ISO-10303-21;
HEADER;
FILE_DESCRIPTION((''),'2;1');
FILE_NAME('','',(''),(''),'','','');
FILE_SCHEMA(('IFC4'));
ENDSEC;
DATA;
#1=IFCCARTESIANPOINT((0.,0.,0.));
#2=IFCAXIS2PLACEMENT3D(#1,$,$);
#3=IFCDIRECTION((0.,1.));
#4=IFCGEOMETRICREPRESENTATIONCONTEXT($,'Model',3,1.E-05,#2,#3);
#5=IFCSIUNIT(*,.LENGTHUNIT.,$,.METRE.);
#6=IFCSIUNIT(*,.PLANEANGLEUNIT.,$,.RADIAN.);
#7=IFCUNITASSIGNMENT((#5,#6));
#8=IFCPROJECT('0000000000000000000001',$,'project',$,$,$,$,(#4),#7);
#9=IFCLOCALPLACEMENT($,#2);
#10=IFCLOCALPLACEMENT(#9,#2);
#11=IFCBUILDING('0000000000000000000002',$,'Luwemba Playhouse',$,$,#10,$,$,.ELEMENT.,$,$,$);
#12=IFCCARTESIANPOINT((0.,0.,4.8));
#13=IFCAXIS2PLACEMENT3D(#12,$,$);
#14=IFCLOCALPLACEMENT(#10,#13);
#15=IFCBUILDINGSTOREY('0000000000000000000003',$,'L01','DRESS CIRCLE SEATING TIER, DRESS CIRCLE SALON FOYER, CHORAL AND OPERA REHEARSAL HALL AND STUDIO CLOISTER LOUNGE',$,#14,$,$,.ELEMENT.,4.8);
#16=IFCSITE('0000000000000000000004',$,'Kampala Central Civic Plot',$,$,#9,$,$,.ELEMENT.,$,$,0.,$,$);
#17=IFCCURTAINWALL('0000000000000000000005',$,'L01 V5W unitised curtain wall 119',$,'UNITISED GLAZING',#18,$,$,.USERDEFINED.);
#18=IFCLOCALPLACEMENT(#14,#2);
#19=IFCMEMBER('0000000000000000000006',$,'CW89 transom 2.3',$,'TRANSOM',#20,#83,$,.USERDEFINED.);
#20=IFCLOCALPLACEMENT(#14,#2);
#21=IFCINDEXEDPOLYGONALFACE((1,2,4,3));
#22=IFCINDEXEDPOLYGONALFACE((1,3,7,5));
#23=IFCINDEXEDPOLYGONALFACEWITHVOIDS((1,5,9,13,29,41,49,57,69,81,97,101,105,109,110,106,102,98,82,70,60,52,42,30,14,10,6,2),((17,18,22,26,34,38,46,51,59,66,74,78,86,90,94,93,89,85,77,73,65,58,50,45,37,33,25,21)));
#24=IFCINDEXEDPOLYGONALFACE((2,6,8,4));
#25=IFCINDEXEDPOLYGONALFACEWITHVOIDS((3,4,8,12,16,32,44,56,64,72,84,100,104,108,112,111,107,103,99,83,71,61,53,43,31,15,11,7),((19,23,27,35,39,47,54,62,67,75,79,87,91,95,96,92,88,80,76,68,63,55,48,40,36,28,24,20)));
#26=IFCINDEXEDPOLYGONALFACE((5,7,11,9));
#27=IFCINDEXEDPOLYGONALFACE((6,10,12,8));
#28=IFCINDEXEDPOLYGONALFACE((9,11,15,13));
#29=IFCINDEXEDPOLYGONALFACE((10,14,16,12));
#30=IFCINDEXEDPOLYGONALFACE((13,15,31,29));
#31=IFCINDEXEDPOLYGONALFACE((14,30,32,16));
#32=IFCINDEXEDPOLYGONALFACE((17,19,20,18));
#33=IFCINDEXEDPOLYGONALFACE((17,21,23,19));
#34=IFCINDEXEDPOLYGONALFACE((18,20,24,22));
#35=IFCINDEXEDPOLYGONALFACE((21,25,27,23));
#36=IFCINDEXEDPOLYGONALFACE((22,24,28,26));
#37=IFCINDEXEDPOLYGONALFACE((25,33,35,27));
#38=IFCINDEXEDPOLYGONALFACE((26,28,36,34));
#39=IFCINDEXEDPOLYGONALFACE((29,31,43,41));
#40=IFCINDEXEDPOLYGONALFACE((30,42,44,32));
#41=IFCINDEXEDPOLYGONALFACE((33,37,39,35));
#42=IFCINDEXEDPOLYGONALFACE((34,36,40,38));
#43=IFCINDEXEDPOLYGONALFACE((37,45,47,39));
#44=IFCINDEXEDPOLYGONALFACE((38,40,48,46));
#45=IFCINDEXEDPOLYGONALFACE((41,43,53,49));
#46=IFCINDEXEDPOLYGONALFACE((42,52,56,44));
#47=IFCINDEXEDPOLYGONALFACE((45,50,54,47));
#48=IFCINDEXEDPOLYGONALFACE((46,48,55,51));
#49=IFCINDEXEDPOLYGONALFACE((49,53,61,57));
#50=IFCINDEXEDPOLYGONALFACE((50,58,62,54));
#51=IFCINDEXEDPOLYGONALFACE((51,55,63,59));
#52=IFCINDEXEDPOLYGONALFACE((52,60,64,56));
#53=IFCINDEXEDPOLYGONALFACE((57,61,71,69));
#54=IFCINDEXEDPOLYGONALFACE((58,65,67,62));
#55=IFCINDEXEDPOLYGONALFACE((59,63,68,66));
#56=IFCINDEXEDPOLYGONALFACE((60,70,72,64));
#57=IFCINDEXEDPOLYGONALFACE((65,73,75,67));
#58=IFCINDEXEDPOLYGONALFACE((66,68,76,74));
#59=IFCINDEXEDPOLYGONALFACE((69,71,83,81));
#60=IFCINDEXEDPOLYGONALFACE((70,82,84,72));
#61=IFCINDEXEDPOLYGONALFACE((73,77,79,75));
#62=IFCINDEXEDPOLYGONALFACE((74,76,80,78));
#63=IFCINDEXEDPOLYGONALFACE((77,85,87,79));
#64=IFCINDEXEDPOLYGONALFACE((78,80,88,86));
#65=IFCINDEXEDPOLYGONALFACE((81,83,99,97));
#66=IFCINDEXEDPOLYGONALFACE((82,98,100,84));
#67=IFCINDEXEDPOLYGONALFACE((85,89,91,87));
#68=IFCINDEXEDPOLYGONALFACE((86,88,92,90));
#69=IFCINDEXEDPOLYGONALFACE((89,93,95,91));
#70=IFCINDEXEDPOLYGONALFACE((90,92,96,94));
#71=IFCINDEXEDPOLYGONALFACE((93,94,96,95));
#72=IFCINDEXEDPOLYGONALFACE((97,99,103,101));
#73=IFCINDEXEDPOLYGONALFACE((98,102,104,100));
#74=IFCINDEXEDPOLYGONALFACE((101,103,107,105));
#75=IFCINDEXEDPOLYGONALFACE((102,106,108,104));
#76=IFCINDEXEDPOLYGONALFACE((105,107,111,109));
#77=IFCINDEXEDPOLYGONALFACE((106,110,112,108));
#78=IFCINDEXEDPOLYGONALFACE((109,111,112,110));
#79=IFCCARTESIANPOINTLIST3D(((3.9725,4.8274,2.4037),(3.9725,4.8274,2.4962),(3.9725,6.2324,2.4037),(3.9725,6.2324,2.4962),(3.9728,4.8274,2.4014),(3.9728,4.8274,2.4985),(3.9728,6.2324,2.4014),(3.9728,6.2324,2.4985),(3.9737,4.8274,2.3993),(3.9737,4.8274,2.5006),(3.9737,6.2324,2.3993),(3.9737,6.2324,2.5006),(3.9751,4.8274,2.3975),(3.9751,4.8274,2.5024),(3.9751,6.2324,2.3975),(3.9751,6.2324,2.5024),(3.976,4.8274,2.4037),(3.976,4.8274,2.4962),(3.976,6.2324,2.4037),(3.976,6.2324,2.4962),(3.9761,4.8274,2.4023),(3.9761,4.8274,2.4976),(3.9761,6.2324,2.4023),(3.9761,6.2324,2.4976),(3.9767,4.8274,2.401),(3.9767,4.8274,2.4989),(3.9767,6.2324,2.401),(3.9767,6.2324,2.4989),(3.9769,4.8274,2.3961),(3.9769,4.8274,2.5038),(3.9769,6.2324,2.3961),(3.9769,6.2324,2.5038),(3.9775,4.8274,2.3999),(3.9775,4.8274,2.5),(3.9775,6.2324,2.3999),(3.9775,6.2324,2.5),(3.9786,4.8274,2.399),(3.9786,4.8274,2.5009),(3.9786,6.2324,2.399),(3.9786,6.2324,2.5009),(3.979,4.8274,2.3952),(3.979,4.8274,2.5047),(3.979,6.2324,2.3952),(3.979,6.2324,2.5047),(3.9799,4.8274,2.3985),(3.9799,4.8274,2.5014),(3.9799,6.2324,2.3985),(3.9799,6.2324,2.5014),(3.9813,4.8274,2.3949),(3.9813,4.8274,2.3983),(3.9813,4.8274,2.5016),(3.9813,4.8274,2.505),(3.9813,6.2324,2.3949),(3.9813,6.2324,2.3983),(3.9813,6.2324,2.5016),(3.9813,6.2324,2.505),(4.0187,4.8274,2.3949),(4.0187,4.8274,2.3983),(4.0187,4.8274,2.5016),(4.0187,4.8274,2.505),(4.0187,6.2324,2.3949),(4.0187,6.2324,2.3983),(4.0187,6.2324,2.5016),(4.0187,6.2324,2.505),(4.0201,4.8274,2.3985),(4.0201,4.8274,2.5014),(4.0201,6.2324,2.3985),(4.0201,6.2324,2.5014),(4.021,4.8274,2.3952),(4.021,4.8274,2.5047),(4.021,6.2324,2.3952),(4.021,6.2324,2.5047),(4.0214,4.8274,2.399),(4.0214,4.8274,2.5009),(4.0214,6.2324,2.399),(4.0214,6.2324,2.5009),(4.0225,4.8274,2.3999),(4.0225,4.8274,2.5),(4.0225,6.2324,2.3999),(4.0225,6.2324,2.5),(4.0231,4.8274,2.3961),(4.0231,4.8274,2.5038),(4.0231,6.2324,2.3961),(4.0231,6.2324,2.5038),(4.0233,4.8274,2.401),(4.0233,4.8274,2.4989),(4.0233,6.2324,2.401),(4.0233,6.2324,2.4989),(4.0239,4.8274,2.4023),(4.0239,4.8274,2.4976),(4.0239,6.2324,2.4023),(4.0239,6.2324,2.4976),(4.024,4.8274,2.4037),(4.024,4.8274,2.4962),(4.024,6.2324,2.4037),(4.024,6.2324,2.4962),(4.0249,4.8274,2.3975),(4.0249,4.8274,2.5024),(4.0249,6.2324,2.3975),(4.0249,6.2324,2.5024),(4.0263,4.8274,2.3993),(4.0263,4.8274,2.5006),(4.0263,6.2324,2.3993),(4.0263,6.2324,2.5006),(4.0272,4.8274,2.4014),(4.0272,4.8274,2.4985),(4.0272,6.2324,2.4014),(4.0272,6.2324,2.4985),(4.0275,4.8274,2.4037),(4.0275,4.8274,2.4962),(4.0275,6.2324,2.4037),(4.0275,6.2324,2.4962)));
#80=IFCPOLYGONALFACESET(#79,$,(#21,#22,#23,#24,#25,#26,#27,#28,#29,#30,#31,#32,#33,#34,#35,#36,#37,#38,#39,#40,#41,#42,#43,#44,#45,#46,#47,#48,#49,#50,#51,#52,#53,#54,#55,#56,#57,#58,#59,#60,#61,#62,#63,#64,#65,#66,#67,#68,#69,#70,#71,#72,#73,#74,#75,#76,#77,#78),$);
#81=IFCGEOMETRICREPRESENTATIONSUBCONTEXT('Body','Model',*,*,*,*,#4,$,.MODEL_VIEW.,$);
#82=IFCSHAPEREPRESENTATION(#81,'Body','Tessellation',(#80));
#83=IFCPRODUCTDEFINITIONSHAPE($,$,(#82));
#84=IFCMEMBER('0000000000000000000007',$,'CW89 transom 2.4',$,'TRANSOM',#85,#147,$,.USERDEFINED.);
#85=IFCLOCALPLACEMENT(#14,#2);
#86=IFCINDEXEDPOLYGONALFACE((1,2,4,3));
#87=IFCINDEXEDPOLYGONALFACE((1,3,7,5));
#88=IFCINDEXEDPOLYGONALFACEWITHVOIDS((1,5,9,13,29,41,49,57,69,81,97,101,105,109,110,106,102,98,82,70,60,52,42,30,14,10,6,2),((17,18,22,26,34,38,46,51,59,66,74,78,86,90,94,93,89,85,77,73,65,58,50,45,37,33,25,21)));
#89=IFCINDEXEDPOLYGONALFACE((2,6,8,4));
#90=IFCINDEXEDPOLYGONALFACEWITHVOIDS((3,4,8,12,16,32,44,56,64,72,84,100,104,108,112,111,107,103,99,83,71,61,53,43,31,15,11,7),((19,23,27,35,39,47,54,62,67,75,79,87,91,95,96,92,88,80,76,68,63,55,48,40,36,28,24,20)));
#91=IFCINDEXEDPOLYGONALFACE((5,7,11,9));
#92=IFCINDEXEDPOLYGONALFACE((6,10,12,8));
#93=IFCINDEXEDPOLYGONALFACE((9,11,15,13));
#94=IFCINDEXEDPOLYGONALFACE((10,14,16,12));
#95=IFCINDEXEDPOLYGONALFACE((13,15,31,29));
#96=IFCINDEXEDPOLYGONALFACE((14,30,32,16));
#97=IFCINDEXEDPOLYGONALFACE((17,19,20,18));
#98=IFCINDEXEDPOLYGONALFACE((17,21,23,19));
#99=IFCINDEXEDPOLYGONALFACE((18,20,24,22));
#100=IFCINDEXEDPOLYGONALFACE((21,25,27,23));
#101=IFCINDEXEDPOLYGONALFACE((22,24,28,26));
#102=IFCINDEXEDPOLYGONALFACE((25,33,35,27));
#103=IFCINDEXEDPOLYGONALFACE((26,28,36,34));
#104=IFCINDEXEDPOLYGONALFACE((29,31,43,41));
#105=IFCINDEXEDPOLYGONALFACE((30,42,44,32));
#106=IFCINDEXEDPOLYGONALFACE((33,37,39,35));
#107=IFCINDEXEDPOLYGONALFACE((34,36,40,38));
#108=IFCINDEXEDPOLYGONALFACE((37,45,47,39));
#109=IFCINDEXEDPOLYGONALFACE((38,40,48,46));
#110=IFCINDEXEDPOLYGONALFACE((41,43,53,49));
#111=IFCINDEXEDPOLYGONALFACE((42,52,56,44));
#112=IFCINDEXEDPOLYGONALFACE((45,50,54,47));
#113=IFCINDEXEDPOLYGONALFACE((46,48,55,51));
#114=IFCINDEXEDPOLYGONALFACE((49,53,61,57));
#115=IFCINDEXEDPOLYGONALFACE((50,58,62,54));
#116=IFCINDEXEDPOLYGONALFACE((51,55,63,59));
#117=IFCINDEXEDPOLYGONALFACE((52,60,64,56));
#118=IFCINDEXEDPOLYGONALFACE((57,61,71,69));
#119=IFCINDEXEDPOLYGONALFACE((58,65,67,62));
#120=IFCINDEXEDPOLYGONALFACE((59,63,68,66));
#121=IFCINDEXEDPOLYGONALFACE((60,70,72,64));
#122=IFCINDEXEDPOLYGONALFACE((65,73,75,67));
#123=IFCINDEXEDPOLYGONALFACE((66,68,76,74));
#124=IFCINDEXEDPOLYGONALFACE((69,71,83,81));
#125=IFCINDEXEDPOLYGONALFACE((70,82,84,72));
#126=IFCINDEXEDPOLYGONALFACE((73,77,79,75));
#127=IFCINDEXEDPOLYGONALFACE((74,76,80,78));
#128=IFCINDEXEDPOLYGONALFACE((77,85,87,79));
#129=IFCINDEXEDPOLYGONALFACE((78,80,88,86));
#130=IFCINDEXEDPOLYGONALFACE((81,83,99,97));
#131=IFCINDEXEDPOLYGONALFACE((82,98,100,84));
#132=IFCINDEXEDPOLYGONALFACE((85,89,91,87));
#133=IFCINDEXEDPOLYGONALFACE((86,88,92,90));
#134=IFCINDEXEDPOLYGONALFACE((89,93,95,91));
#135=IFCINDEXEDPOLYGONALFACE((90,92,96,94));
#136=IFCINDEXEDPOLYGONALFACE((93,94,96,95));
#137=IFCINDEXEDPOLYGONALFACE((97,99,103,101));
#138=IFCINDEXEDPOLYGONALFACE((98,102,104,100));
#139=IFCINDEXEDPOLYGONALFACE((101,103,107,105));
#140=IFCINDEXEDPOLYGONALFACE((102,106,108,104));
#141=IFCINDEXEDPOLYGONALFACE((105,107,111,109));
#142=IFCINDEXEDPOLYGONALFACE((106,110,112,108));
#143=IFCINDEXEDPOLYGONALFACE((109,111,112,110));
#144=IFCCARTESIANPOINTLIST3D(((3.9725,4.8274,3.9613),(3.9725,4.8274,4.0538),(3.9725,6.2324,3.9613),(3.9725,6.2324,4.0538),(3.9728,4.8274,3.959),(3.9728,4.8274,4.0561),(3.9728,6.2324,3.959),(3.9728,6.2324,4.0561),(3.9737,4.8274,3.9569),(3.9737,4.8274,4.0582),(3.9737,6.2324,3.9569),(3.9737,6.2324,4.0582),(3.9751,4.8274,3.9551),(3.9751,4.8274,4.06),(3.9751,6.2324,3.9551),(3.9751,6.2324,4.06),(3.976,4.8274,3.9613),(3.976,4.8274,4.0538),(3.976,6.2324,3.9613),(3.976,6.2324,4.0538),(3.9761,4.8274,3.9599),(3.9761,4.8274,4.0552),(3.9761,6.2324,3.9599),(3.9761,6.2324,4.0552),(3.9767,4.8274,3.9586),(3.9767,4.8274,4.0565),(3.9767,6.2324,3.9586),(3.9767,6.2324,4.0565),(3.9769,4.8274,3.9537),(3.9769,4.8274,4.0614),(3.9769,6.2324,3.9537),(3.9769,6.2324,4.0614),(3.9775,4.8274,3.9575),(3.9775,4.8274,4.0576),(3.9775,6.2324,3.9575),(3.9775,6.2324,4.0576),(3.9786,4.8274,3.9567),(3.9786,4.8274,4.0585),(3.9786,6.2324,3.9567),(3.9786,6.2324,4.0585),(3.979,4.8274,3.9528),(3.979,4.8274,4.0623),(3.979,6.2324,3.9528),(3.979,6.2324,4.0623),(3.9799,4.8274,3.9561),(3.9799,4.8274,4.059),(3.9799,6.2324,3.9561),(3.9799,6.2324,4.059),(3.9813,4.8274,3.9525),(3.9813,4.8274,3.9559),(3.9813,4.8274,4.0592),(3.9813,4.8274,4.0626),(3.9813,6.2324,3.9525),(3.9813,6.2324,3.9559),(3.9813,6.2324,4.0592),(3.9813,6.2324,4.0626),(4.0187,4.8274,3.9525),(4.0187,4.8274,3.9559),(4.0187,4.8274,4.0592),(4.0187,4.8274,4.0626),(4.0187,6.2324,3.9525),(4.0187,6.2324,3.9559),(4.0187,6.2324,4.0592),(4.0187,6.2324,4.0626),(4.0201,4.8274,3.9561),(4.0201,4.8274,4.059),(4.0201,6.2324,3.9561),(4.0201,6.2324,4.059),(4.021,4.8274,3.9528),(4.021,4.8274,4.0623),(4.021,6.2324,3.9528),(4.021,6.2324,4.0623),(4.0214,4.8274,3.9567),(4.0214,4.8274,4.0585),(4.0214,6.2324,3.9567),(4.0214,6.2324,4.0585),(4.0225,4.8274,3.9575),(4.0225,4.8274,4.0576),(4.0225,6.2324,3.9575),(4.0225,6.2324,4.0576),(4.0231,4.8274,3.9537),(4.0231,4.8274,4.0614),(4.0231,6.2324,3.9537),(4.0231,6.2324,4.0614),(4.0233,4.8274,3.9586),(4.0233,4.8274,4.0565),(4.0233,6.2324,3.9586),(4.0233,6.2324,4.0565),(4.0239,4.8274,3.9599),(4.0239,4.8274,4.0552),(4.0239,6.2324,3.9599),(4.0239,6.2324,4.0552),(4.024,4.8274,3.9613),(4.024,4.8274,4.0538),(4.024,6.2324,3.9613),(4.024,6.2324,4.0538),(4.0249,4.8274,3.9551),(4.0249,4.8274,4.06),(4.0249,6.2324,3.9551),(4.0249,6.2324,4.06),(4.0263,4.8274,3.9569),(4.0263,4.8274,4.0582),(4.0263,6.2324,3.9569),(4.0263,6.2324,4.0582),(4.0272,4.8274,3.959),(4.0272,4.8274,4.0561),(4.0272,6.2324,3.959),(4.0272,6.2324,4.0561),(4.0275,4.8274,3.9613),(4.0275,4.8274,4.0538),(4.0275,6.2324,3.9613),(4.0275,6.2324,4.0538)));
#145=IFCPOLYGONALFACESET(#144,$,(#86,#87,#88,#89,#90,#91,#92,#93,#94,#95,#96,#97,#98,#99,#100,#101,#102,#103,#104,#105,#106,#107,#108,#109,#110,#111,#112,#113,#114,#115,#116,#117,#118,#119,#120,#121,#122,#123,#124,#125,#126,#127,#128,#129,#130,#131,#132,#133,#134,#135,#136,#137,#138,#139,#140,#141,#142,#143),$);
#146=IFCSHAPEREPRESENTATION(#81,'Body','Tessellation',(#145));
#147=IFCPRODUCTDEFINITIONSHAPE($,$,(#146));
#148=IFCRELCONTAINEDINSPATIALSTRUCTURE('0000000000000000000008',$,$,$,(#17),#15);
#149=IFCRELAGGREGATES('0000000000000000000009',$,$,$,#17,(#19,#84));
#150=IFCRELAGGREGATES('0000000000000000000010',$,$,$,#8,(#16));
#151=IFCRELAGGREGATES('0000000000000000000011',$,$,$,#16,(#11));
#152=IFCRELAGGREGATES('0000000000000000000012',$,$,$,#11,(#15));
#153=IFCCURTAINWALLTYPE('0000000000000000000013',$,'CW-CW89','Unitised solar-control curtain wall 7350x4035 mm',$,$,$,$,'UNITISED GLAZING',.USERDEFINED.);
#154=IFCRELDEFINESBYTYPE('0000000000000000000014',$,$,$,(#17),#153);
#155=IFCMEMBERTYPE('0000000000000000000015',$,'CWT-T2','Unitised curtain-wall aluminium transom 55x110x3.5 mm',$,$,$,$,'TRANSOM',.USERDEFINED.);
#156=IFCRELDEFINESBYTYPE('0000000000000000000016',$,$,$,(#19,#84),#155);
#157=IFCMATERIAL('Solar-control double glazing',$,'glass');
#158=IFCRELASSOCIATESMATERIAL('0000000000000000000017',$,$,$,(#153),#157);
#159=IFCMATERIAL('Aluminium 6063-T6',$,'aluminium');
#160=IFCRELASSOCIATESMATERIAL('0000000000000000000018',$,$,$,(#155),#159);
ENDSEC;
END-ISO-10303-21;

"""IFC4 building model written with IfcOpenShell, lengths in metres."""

from ifc_helpers import new_model, si_unit, direction, frame, origin, origin_2d, place, context, subcontext, project, spatial, hollow_rectangle, extrude, material, material_profile, profile_set, type_object, element, aggregate, save


model = new_model("IFC4")

# Units and contexts
model_context = context("Model", 3, precision=1e-05, world=origin(), true_north=direction((0.0, 1.0)))
body_context = subcontext(model_context, "Body", "Model", "MODEL_VIEW")
ifc_project = project(units=[si_unit("LENGTHUNIT", "METRE"), si_unit("PLANEANGLEUNIT", "RADIAN")], contexts=[model_context])

# Site, building, storey
site_placement = place(None, origin())
site = spatial("IfcSite", under=ifc_project, at=site_placement, Name="Kampala Central Civic Plot", CompositionType="ELEMENT", RefElevation=0.0)
building_placement = place(site_placement, origin())
building = spatial("IfcBuilding", under=site, at=building_placement, Name="Luwemba Playhouse", CompositionType="ELEMENT")
storey_placement = place(building_placement, frame((0.0, 0.0, 4.8)))
storey = spatial("IfcBuildingStorey", under=building, at=storey_placement, Name="L01", Description="DRESS CIRCLE SEATING TIER, DRESS CIRCLE SALON FOYER, CHORAL AND OPERA REHEARSAL HALL AND STUDIO CLOISTER LOUNGE", CompositionType="ELEMENT", Elevation=4.8)

# Curtain wall
ifc_material_1 = material(Name="Solar-control double glazing", Category="glass")
curtain_wall_type_1 = type_object("IfcCurtainWallType", Name="CW-CW89", Description="Unitised solar-control curtain wall 7350x4035 mm", ElementType="UNITISED GLAZING", PredefinedType="USERDEFINED", material=ifc_material_1)
curtain_wall_1_placement = place(storey_placement, origin())
curtain_wall_1 = element("IfcCurtainWall", 1, at=curtain_wall_1_placement, inside=storey, type_object=curtain_wall_type_1, Name="L01 V5W unitised curtain wall 119", ObjectType="UNITISED GLAZING", PredefinedType="USERDEFINED")
ifc_material_2 = material(Name="Aluminium 6063-T6", Category="aluminium")

# Members
ifc_material_profile_1 = material_profile(ifc_material_2, hollow_rectangle(XDim=0.0549, YDim=0.1101, WallThickness=0.0034, InnerFilletRadius=0.0054, OuterFilletRadius=0.0088, at=origin_2d()))
ifc_profile_set_1 = profile_set([ifc_material_profile_1], Name="Aluminium 6063-T6")
member_type_1 = type_object("IfcMemberType", Name="CWT-T2", Description="Unitised curtain-wall aluminium transom 55x110x3.5 mm", ElementType="TRANSOM", PredefinedType="USERDEFINED", material=ifc_profile_set_1)
member_1_placement = place(storey_placement, frame((4.0, 4.8274, 2.45), z_axis=(0.0, 1.0, 0.0), x_axis=(-1.0, 0.0, 0.0)))
member_1 = element("IfcMember", 2, at=member_1_placement, type_object=member_type_1, Name="CW89 transom 2.3", ObjectType="TRANSOM", PredefinedType="USERDEFINED", context=body_context, shape_type="SweptSolid", body=[
    extrude(hollow_rectangle(XDim=0.0549, YDim=0.1101, WallThickness=0.0034, InnerFilletRadius=0.0054, OuterFilletRadius=0.0088, at=origin_2d()), origin(), (0.0, 0.0, 1.0), 1.405),
])
member_2_placement = place(storey_placement, frame((4.0, 4.8274, 4.0076), z_axis=(0.0, 1.0, 0.0), x_axis=(-1.0, 0.0, 0.0)))
member_2 = element("IfcMember", 3, at=member_2_placement, type_object=member_type_1, Name="CW89 transom 2.4", ObjectType="TRANSOM", PredefinedType="USERDEFINED", context=body_context, shape_type="SweptSolid", body=[
    extrude(hollow_rectangle(XDim=0.0549, YDim=0.1101, WallThickness=0.0034, InnerFilletRadius=0.0054, OuterFilletRadius=0.0088, at=origin_2d()), origin(), (0.0, 0.0, 1.0), 1.405),
])

aggregate(curtain_wall_1, [member_1, member_2])

save(model, "model.ifc")
